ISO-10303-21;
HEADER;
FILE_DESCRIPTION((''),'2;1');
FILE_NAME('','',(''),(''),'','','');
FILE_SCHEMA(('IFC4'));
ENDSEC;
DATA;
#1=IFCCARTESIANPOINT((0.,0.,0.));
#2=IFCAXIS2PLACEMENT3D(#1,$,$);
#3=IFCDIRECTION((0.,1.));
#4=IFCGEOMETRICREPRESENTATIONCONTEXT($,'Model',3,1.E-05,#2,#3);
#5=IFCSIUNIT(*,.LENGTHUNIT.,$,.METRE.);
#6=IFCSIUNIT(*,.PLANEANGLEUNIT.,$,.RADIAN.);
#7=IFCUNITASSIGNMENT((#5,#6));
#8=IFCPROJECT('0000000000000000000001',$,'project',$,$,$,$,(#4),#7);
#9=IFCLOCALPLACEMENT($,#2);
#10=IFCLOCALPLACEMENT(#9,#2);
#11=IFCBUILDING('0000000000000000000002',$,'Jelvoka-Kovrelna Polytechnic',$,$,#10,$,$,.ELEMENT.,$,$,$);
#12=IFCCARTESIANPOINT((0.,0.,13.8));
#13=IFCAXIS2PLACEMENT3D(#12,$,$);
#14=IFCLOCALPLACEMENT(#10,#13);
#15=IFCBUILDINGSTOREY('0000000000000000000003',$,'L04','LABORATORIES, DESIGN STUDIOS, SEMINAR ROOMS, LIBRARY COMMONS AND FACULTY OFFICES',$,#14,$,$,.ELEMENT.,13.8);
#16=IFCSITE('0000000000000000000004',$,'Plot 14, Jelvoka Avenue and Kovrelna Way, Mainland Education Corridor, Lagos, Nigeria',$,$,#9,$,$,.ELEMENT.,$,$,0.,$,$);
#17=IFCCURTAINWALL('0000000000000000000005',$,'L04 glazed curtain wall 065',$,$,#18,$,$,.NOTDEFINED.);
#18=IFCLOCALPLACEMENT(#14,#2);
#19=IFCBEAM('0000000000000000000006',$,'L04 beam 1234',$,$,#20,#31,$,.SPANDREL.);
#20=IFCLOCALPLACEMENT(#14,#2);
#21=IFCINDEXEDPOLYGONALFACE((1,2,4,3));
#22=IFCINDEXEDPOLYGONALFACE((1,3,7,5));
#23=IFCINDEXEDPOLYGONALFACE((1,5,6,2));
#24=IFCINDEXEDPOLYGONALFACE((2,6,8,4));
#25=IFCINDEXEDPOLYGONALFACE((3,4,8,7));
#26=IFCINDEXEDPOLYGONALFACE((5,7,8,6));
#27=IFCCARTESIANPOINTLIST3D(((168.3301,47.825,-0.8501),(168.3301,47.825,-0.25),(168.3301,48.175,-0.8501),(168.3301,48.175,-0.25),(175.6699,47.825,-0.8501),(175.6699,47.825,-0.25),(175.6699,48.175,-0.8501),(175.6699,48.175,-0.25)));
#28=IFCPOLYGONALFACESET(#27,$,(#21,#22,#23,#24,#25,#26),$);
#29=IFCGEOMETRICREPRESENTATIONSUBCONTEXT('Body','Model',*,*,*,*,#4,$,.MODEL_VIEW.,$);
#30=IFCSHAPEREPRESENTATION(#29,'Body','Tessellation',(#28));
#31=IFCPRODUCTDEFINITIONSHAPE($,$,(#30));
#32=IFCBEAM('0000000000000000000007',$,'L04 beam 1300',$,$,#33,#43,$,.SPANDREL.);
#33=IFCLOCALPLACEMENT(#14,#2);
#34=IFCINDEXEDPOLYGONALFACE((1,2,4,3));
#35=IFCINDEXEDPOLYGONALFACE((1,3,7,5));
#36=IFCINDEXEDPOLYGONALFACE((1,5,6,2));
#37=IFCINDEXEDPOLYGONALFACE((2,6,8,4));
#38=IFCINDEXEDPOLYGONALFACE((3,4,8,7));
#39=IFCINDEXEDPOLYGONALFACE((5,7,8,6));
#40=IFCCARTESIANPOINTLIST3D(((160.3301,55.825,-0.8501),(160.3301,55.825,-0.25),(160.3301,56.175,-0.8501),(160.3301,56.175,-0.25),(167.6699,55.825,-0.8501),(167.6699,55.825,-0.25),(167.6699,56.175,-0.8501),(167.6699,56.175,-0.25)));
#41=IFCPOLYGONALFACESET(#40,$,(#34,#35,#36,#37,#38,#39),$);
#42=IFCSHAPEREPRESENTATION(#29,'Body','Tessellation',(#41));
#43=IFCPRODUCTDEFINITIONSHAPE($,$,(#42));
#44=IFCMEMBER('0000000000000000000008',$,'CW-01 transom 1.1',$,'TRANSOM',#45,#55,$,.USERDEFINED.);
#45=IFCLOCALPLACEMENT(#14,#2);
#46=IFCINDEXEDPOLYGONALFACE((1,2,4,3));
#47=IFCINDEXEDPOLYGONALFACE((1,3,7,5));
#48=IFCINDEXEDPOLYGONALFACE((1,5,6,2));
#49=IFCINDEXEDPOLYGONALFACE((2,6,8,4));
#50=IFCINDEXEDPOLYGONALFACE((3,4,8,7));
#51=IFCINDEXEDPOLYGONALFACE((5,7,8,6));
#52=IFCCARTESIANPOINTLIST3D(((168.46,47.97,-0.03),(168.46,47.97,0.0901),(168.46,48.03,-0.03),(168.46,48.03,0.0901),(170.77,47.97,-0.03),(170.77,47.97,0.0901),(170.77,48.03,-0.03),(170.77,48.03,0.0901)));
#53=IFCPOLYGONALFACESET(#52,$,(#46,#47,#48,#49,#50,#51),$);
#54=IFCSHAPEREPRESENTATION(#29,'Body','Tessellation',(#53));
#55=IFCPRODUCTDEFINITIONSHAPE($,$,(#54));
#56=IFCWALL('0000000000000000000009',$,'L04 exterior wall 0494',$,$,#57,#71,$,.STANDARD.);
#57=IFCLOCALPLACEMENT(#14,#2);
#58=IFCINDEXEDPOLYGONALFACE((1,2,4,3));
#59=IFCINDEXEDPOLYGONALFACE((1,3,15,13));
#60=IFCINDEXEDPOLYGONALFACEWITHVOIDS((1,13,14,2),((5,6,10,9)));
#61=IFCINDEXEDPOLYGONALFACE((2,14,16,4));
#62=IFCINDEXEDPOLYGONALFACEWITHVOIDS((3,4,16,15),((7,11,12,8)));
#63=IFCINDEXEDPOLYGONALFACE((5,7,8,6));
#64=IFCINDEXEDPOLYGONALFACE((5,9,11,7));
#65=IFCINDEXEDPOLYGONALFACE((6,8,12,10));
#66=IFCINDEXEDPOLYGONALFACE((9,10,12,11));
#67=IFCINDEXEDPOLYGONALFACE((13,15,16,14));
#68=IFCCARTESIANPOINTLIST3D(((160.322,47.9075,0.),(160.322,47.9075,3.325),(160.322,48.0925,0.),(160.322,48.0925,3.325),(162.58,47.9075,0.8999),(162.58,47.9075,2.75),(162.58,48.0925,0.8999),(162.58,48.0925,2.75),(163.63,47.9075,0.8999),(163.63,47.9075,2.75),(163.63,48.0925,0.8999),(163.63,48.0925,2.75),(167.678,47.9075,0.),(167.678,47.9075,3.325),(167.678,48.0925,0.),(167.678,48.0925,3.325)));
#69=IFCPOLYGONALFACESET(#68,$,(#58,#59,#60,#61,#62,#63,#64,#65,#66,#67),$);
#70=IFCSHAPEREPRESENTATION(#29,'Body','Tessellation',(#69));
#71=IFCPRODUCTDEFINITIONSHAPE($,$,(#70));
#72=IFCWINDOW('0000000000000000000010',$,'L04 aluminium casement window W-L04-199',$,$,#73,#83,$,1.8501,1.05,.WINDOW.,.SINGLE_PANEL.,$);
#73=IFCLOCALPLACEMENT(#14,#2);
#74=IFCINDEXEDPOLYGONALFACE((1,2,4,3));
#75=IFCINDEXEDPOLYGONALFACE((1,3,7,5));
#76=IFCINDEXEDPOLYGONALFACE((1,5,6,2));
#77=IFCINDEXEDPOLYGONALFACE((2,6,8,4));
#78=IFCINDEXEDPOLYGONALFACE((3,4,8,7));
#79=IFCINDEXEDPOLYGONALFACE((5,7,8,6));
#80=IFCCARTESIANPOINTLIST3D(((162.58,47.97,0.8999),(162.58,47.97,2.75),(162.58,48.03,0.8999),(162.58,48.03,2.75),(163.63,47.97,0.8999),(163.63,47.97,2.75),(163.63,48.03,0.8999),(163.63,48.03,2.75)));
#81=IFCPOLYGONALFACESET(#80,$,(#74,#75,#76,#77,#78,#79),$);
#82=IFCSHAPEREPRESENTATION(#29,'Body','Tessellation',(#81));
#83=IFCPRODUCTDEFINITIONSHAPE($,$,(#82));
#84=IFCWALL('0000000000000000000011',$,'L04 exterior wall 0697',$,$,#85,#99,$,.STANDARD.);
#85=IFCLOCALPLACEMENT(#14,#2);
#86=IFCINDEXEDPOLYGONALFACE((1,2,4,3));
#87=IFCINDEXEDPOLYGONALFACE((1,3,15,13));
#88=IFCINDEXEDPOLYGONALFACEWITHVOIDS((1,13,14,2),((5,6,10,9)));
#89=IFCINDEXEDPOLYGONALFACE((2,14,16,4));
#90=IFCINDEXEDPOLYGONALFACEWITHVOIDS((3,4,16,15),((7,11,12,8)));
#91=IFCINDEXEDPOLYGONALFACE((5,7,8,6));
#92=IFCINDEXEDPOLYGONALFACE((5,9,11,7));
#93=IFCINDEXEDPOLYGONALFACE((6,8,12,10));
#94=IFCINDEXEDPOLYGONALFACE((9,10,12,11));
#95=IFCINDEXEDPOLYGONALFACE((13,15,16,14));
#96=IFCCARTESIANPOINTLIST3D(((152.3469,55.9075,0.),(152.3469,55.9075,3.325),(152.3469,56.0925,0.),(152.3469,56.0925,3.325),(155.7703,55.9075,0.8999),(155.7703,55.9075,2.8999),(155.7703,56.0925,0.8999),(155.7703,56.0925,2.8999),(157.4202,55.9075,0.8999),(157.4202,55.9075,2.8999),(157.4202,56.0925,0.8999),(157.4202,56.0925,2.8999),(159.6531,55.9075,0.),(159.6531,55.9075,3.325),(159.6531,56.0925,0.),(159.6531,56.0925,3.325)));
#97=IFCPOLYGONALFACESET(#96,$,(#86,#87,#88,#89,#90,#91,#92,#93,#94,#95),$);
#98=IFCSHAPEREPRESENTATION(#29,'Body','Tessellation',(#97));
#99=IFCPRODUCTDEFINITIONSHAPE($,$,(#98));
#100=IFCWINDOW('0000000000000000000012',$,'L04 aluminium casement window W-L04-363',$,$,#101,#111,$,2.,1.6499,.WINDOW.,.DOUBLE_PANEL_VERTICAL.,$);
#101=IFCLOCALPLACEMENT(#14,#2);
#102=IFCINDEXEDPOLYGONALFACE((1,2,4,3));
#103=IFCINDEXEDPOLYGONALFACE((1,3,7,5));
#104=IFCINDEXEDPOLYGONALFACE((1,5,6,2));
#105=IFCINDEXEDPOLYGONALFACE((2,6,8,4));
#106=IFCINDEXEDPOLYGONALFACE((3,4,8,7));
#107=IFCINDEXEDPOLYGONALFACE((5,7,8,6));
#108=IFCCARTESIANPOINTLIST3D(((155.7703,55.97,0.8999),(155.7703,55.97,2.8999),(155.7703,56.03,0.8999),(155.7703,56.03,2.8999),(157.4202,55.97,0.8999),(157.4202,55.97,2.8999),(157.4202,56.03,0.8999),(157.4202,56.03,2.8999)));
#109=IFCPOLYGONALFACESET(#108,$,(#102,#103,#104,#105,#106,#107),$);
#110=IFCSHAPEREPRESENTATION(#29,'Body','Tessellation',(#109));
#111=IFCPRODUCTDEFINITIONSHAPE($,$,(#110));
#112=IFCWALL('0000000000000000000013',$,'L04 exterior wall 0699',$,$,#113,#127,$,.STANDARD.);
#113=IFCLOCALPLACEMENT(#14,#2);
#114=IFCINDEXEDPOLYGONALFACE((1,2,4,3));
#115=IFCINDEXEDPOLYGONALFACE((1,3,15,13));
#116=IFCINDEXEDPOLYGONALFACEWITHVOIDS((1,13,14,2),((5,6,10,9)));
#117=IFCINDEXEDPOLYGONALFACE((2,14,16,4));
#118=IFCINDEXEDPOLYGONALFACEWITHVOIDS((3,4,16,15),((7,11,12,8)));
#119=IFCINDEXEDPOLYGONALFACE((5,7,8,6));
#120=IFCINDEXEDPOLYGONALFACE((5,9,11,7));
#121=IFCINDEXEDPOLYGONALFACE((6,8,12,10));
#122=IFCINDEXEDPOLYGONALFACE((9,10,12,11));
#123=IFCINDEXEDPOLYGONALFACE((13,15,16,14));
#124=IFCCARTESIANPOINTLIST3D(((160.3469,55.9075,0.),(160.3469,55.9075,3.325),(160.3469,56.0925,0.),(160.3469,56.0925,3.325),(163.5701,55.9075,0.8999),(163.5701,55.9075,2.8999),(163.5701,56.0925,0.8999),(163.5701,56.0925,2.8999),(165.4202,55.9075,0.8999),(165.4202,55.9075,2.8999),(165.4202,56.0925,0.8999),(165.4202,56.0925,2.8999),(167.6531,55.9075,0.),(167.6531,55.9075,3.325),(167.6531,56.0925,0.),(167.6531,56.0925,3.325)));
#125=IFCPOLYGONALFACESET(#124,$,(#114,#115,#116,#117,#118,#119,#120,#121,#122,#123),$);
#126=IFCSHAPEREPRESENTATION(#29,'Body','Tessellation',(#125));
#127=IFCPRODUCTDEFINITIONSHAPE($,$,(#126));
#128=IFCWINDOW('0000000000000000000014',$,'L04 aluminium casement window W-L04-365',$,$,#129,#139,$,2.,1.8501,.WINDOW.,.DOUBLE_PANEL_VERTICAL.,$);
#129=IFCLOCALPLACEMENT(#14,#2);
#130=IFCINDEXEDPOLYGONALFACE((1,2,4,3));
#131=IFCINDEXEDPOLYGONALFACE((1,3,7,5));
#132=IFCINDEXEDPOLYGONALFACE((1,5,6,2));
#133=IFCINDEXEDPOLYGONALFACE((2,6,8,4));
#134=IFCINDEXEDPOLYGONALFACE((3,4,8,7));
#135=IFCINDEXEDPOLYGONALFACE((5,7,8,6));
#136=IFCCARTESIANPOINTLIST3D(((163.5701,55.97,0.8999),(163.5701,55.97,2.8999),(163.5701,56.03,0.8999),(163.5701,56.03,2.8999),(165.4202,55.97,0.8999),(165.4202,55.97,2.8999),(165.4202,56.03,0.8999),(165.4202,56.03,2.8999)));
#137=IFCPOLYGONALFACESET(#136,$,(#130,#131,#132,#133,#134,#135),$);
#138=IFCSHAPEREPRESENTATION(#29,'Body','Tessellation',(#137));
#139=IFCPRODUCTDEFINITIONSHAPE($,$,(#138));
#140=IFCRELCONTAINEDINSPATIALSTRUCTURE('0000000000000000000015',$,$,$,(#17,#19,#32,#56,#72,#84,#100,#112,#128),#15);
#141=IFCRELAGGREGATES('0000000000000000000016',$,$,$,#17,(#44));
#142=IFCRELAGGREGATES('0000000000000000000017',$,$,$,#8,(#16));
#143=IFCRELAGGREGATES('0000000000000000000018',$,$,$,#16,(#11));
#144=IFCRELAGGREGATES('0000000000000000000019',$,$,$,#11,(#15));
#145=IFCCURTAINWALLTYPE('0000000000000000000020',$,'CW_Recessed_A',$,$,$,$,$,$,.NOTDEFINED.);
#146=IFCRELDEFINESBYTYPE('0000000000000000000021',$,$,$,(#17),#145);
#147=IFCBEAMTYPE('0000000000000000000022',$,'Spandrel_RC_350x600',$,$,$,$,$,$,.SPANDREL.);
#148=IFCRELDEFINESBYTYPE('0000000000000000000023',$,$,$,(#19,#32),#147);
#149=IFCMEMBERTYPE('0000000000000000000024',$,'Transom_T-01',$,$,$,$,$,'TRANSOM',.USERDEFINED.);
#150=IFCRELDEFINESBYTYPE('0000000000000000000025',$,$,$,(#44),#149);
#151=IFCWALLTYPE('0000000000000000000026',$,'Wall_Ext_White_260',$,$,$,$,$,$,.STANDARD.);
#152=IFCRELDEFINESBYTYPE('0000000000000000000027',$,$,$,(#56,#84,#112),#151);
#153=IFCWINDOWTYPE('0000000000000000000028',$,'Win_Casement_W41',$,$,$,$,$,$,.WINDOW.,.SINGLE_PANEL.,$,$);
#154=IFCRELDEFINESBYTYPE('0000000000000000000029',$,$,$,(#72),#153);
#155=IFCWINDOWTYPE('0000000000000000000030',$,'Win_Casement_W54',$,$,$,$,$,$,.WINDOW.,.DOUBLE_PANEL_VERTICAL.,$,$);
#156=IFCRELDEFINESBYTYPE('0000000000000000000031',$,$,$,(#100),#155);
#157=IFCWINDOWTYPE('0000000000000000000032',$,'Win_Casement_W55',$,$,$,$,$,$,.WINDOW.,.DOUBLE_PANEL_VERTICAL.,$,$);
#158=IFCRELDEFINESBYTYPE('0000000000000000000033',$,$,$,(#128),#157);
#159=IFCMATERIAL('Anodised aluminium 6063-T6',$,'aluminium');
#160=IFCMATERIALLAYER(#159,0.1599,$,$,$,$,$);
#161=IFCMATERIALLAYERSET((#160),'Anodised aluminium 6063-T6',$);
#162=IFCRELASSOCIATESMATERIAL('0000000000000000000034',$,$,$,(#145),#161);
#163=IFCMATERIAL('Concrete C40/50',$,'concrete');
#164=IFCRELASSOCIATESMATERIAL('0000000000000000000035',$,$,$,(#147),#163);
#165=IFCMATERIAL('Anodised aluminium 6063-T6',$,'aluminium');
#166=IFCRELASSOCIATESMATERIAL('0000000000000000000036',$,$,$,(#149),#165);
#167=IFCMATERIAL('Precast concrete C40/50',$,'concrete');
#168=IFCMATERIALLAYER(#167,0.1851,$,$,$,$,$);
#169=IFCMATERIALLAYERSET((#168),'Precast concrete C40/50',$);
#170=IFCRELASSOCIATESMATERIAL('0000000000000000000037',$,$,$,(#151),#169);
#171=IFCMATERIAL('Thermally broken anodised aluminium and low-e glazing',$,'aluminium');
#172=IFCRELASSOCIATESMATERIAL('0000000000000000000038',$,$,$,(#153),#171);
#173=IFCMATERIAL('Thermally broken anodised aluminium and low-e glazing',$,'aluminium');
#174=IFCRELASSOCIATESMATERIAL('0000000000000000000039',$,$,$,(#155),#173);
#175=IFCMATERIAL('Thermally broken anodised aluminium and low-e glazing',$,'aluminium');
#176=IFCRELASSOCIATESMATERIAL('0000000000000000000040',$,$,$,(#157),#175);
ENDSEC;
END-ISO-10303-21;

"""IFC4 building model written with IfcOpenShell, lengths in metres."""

from ifc_helpers import new_model, si_unit, direction, frame, frame_2d, origin, origin_2d, place, context, subcontext, project, spatial, rectangle, extrude, material, layer, layer_set, material_profile, profile_set, type_object, element, fill, aggregate, save


model = new_model("IFC4")

# Units and contexts
model_context = context("Model", 3, precision=1e-05, world=origin(), true_north=direction((0.0, 1.0)))
body_context = subcontext(model_context, "Body", "Model", "MODEL_VIEW")
ifc_project = project(units=[si_unit("LENGTHUNIT", "METRE"), si_unit("PLANEANGLEUNIT", "RADIAN")], contexts=[model_context])

# Site, building, storey
site_placement = place(None, origin())
site = spatial("IfcSite", under=ifc_project, at=site_placement, Name="Plot 14, Jelvoka Avenue and Kovrelna Way, Mainland Education Corridor, Lagos, Nigeria", CompositionType="ELEMENT", RefElevation=0.0)
building_placement = place(site_placement, origin())
building = spatial("IfcBuilding", under=site, at=building_placement, Name="Jelvoka-Kovrelna Polytechnic", CompositionType="ELEMENT")
storey_placement = place(building_placement, frame((0.0, 0.0, 13.8)))
storey = spatial("IfcBuildingStorey", under=building, at=storey_placement, Name="L04", Description="LABORATORIES, DESIGN STUDIOS, SEMINAR ROOMS, LIBRARY COMMONS AND FACULTY OFFICES", CompositionType="ELEMENT", Elevation=13.8)

# Curtain wall
ifc_material_1 = material(Name="Anodised aluminium 6063-T6", Category="aluminium")
ifc_layer_1 = layer(ifc_material_1, 0.1599)
ifc_layer_set_1 = layer_set([ifc_layer_1], Name="Anodised aluminium 6063-T6")
curtain_wall_type = type_object("IfcCurtainWallType", Name="CW_Recessed_A", PredefinedType="NOTDEFINED", material=ifc_layer_set_1)
curtain_wall_placement = place(storey_placement, origin())
curtain_wall = element("IfcCurtainWall", 1, at=curtain_wall_placement, inside=storey, type_object=curtain_wall_type, Name="L04 glazed curtain wall 065", PredefinedType="NOTDEFINED")

# Beams
ifc_material_2 = material(Name="Concrete C40/50", Category="concrete")
ifc_material_profile_1 = material_profile(ifc_material_2, rectangle(XDim=0.3501, YDim=0.6001, at=origin_2d()), Name="RC 350x600")
ifc_profile_set_1 = profile_set([ifc_material_profile_1], Name="Concrete C40/50")
beam_type = type_object("IfcBeamType", Name="Spandrel_RC_350x600", PredefinedType="SPANDREL", material=ifc_profile_set_1)
for number, where, z_axis, x_axis, name in (
    (2, (168.3301, 48.0, -0.55), (1.0, 0.0, 0.0), (0.0, 1.0, 0.0), "L04 beam 1234"),
    (3, (160.3301, 56.0, -0.55), (1.0, 0.0, 0.0), (0.0, 1.0, 0.0), "L04 beam 1300"),
):
    element("IfcBeam", number, at=place(storey_placement, frame(where, z_axis=z_axis, x_axis=x_axis)), inside=storey, type_object=beam_type, Name=name, PredefinedType="SPANDREL", context=body_context, shape_type="SweptSolid", body=[
        extrude(rectangle(XDim=0.3501, YDim=0.6001, at=origin_2d()), origin(), (0.0, 0.0, 1.0), 7.3398),
    ])

# Member
ifc_material_3 = material(Name="Anodised aluminium 6063-T6", Category="aluminium")
ifc_material_profile_2 = material_profile(ifc_material_3, rectangle(XDim=0.0601, YDim=0.1201, at=origin_2d()), Name="ALU 60x120")
ifc_profile_set_2 = profile_set([ifc_material_profile_2], Name="Anodised aluminium 6063-T6")
member_type_1 = type_object("IfcMemberType", Name="Transom_T-01", ElementType="TRANSOM", PredefinedType="USERDEFINED", material=ifc_profile_set_2)
member_1_placement = place(storey_placement, frame((168.46, 48.0, 0.03), z_axis=(1.0, 0.0, 0.0), x_axis=(0.0, 1.0, 0.0)))
member_1 = element("IfcMember", 4, at=member_1_placement, type_object=member_type_1, Name="CW-01 transom 1.1", ObjectType="TRANSOM", PredefinedType="USERDEFINED", context=body_context, shape_type="SweptSolid", body=[
    extrude(rectangle(XDim=0.0601, YDim=0.1201, at=origin_2d()), origin(), (0.0, 0.0, 1.0), 2.3101),
])
aggregate(curtain_wall, [member_1])

# Walls, openings, windows
ifc_material_4 = material(Name="Precast concrete C40/50", Category="concrete")
ifc_layer_2 = layer(ifc_material_4, 0.1851)
ifc_layer_set_2 = layer_set([ifc_layer_2], Name="Precast concrete C40/50")
wall_type = type_object("IfcWallType", Name="Wall_Ext_White_260", PredefinedType="STANDARD", material=ifc_layer_set_2)
wall_1_placement = place(storey_placement, frame((160.322, 48.0, 0.0), z_axis=(0.0, 0.0, 1.0), x_axis=(1.0, 0.0, 0.0)))
wall_1 = element("IfcWall", 5, at=wall_1_placement, inside=storey, type_object=wall_type, Name="L04 exterior wall 0494", PredefinedType="STANDARD", context=body_context, shape_type="SweptSolid", body=[
    extrude(rectangle(XDim=7.356, YDim=0.1851, at=frame_2d((3.678, 0.0))), origin(), (0.0, 0.0, 1.0), 3.325),
])
opening_1_placement = place(wall_1_placement, frame((2.2581, 0.0, 0.8999)))
opening_1 = element("IfcOpeningElement", 6, at=opening_1_placement, cuts=wall_1, PredefinedType="OPENING", context=body_context, shape_type="SweptSolid", body=[
    extrude(rectangle(XDim=1.05, YDim=1.8501, at=frame_2d((0.5249, 0.925))), frame((0.0, 0.1025, 0.0), z_axis=(0.0, -1.0, 0.0), x_axis=(1.0, 0.0, 0.0)), (0.0, 0.0, 1.0), 0.2051),
])
ifc_material_5 = material(Name="Thermally broken anodised aluminium and low-e glazing", Category="aluminium")
window_type_1 = type_object("IfcWindowType", Name="Win_Casement_W41", PartitioningType="SINGLE_PANEL", PredefinedType="WINDOW", material=ifc_material_5)
window_1_placement = place(opening_1_placement, origin())
window_1 = element("IfcWindow", 7, at=window_1_placement, inside=storey, type_object=window_type_1, Name="L04 aluminium casement window W-L04-199", OverallHeight=1.8501, OverallWidth=1.05, PartitioningType="SINGLE_PANEL", PredefinedType="WINDOW", context=body_context, shape_type="SweptSolid", body=[
    extrude(rectangle(XDim=1.05, YDim=1.8501, at=frame_2d((0.5249, 0.925))), frame((0.0, 0.03, 0.0), z_axis=(0.0, -1.0, 0.0), x_axis=(1.0, 0.0, 0.0)), (0.0, 0.0, 1.0), 0.0601),
])
fill(opening_1, window_1)
wall_2_placement = place(storey_placement, frame((159.6531, 56.0, 0.0), z_axis=(0.0, 0.0, 1.0), x_axis=(-1.0, 0.0, 0.0)))
wall_2 = element("IfcWall", 8, at=wall_2_placement, inside=storey, type_object=wall_type, Name="L04 exterior wall 0697", PredefinedType="STANDARD", context=body_context, shape_type="SweptSolid", body=[
    extrude(rectangle(XDim=7.3062, YDim=0.1851, at=frame_2d((3.6531, 0.0))), origin(), (0.0, 0.0, 1.0), 3.325),
])
opening_2_placement = place(wall_2_placement, frame((2.2329, 0.0, 0.8999)))
opening_2 = element("IfcOpeningElement", 9, at=opening_2_placement, cuts=wall_2, PredefinedType="OPENING", context=body_context, shape_type="SweptSolid", body=[
    extrude(rectangle(XDim=1.6499, YDim=2.0, at=frame_2d((0.825, 1.0))), frame((0.0, 0.1025, 0.0), z_axis=(0.0, -1.0, 0.0), x_axis=(1.0, 0.0, 0.0)), (0.0, 0.0, 1.0), 0.2051),
])
ifc_material_6 = material(Name="Thermally broken anodised aluminium and low-e glazing", Category="aluminium")
window_type_2 = type_object("IfcWindowType", Name="Win_Casement_W54", PartitioningType="DOUBLE_PANEL_VERTICAL", PredefinedType="WINDOW", material=ifc_material_6)
window_2_placement = place(opening_2_placement, origin())
window_2 = element("IfcWindow", 10, at=window_2_placement, inside=storey, type_object=window_type_2, Name="L04 aluminium casement window W-L04-363", OverallHeight=2.0, OverallWidth=1.6499, PartitioningType="DOUBLE_PANEL_VERTICAL", PredefinedType="WINDOW", context=body_context, shape_type="SweptSolid", body=[
    extrude(rectangle(XDim=1.6499, YDim=2.0, at=frame_2d((0.825, 1.0))), frame((0.0, 0.03, 0.0), z_axis=(0.0, -1.0, 0.0), x_axis=(1.0, 0.0, 0.0)), (0.0, 0.0, 1.0), 0.0601),
])
fill(opening_2, window_2)
wall_3_placement = place(storey_placement, frame((167.6531, 56.0, 0.0), z_axis=(0.0, 0.0, 1.0), x_axis=(-1.0, 0.0, 0.0)))
wall_3 = element("IfcWall", 11, at=wall_3_placement, inside=storey, type_object=wall_type, Name="L04 exterior wall 0699", PredefinedType="STANDARD", context=body_context, shape_type="SweptSolid", body=[
    extrude(rectangle(XDim=7.3062, YDim=0.1851, at=frame_2d((3.6531, 0.0))), origin(), (0.0, 0.0, 1.0), 3.325),
])
opening_3_placement = place(wall_3_placement, frame((2.2329, 0.0, 0.8999)))
opening_3 = element("IfcOpeningElement", 12, at=opening_3_placement, cuts=wall_3, PredefinedType="OPENING", context=body_context, shape_type="SweptSolid", body=[
    extrude(rectangle(XDim=1.8501, YDim=2.0, at=frame_2d((0.925, 1.0))), frame((0.0, 0.1025, 0.0), z_axis=(0.0, -1.0, 0.0), x_axis=(1.0, 0.0, 0.0)), (0.0, 0.0, 1.0), 0.2051),
])
ifc_material_7 = material(Name="Thermally broken anodised aluminium and low-e glazing", Category="aluminium")
window_type_3 = type_object("IfcWindowType", Name="Win_Casement_W55", PartitioningType="DOUBLE_PANEL_VERTICAL", PredefinedType="WINDOW", material=ifc_material_7)
window_3_placement = place(opening_3_placement, origin())
window_3 = element("IfcWindow", 13, at=window_3_placement, inside=storey, type_object=window_type_3, Name="L04 aluminium casement window W-L04-365", OverallHeight=2.0, OverallWidth=1.8501, PartitioningType="DOUBLE_PANEL_VERTICAL", PredefinedType="WINDOW", context=body_context, shape_type="SweptSolid", body=[
    extrude(rectangle(XDim=1.8501, YDim=2.0, at=frame_2d((0.925, 1.0))), frame((0.0, 0.03, 0.0), z_axis=(0.0, -1.0, 0.0), x_axis=(1.0, 0.0, 0.0)), (0.0, 0.0, 1.0), 0.0601),
])
fill(opening_3, window_3)

save(model, "model.ifc")
